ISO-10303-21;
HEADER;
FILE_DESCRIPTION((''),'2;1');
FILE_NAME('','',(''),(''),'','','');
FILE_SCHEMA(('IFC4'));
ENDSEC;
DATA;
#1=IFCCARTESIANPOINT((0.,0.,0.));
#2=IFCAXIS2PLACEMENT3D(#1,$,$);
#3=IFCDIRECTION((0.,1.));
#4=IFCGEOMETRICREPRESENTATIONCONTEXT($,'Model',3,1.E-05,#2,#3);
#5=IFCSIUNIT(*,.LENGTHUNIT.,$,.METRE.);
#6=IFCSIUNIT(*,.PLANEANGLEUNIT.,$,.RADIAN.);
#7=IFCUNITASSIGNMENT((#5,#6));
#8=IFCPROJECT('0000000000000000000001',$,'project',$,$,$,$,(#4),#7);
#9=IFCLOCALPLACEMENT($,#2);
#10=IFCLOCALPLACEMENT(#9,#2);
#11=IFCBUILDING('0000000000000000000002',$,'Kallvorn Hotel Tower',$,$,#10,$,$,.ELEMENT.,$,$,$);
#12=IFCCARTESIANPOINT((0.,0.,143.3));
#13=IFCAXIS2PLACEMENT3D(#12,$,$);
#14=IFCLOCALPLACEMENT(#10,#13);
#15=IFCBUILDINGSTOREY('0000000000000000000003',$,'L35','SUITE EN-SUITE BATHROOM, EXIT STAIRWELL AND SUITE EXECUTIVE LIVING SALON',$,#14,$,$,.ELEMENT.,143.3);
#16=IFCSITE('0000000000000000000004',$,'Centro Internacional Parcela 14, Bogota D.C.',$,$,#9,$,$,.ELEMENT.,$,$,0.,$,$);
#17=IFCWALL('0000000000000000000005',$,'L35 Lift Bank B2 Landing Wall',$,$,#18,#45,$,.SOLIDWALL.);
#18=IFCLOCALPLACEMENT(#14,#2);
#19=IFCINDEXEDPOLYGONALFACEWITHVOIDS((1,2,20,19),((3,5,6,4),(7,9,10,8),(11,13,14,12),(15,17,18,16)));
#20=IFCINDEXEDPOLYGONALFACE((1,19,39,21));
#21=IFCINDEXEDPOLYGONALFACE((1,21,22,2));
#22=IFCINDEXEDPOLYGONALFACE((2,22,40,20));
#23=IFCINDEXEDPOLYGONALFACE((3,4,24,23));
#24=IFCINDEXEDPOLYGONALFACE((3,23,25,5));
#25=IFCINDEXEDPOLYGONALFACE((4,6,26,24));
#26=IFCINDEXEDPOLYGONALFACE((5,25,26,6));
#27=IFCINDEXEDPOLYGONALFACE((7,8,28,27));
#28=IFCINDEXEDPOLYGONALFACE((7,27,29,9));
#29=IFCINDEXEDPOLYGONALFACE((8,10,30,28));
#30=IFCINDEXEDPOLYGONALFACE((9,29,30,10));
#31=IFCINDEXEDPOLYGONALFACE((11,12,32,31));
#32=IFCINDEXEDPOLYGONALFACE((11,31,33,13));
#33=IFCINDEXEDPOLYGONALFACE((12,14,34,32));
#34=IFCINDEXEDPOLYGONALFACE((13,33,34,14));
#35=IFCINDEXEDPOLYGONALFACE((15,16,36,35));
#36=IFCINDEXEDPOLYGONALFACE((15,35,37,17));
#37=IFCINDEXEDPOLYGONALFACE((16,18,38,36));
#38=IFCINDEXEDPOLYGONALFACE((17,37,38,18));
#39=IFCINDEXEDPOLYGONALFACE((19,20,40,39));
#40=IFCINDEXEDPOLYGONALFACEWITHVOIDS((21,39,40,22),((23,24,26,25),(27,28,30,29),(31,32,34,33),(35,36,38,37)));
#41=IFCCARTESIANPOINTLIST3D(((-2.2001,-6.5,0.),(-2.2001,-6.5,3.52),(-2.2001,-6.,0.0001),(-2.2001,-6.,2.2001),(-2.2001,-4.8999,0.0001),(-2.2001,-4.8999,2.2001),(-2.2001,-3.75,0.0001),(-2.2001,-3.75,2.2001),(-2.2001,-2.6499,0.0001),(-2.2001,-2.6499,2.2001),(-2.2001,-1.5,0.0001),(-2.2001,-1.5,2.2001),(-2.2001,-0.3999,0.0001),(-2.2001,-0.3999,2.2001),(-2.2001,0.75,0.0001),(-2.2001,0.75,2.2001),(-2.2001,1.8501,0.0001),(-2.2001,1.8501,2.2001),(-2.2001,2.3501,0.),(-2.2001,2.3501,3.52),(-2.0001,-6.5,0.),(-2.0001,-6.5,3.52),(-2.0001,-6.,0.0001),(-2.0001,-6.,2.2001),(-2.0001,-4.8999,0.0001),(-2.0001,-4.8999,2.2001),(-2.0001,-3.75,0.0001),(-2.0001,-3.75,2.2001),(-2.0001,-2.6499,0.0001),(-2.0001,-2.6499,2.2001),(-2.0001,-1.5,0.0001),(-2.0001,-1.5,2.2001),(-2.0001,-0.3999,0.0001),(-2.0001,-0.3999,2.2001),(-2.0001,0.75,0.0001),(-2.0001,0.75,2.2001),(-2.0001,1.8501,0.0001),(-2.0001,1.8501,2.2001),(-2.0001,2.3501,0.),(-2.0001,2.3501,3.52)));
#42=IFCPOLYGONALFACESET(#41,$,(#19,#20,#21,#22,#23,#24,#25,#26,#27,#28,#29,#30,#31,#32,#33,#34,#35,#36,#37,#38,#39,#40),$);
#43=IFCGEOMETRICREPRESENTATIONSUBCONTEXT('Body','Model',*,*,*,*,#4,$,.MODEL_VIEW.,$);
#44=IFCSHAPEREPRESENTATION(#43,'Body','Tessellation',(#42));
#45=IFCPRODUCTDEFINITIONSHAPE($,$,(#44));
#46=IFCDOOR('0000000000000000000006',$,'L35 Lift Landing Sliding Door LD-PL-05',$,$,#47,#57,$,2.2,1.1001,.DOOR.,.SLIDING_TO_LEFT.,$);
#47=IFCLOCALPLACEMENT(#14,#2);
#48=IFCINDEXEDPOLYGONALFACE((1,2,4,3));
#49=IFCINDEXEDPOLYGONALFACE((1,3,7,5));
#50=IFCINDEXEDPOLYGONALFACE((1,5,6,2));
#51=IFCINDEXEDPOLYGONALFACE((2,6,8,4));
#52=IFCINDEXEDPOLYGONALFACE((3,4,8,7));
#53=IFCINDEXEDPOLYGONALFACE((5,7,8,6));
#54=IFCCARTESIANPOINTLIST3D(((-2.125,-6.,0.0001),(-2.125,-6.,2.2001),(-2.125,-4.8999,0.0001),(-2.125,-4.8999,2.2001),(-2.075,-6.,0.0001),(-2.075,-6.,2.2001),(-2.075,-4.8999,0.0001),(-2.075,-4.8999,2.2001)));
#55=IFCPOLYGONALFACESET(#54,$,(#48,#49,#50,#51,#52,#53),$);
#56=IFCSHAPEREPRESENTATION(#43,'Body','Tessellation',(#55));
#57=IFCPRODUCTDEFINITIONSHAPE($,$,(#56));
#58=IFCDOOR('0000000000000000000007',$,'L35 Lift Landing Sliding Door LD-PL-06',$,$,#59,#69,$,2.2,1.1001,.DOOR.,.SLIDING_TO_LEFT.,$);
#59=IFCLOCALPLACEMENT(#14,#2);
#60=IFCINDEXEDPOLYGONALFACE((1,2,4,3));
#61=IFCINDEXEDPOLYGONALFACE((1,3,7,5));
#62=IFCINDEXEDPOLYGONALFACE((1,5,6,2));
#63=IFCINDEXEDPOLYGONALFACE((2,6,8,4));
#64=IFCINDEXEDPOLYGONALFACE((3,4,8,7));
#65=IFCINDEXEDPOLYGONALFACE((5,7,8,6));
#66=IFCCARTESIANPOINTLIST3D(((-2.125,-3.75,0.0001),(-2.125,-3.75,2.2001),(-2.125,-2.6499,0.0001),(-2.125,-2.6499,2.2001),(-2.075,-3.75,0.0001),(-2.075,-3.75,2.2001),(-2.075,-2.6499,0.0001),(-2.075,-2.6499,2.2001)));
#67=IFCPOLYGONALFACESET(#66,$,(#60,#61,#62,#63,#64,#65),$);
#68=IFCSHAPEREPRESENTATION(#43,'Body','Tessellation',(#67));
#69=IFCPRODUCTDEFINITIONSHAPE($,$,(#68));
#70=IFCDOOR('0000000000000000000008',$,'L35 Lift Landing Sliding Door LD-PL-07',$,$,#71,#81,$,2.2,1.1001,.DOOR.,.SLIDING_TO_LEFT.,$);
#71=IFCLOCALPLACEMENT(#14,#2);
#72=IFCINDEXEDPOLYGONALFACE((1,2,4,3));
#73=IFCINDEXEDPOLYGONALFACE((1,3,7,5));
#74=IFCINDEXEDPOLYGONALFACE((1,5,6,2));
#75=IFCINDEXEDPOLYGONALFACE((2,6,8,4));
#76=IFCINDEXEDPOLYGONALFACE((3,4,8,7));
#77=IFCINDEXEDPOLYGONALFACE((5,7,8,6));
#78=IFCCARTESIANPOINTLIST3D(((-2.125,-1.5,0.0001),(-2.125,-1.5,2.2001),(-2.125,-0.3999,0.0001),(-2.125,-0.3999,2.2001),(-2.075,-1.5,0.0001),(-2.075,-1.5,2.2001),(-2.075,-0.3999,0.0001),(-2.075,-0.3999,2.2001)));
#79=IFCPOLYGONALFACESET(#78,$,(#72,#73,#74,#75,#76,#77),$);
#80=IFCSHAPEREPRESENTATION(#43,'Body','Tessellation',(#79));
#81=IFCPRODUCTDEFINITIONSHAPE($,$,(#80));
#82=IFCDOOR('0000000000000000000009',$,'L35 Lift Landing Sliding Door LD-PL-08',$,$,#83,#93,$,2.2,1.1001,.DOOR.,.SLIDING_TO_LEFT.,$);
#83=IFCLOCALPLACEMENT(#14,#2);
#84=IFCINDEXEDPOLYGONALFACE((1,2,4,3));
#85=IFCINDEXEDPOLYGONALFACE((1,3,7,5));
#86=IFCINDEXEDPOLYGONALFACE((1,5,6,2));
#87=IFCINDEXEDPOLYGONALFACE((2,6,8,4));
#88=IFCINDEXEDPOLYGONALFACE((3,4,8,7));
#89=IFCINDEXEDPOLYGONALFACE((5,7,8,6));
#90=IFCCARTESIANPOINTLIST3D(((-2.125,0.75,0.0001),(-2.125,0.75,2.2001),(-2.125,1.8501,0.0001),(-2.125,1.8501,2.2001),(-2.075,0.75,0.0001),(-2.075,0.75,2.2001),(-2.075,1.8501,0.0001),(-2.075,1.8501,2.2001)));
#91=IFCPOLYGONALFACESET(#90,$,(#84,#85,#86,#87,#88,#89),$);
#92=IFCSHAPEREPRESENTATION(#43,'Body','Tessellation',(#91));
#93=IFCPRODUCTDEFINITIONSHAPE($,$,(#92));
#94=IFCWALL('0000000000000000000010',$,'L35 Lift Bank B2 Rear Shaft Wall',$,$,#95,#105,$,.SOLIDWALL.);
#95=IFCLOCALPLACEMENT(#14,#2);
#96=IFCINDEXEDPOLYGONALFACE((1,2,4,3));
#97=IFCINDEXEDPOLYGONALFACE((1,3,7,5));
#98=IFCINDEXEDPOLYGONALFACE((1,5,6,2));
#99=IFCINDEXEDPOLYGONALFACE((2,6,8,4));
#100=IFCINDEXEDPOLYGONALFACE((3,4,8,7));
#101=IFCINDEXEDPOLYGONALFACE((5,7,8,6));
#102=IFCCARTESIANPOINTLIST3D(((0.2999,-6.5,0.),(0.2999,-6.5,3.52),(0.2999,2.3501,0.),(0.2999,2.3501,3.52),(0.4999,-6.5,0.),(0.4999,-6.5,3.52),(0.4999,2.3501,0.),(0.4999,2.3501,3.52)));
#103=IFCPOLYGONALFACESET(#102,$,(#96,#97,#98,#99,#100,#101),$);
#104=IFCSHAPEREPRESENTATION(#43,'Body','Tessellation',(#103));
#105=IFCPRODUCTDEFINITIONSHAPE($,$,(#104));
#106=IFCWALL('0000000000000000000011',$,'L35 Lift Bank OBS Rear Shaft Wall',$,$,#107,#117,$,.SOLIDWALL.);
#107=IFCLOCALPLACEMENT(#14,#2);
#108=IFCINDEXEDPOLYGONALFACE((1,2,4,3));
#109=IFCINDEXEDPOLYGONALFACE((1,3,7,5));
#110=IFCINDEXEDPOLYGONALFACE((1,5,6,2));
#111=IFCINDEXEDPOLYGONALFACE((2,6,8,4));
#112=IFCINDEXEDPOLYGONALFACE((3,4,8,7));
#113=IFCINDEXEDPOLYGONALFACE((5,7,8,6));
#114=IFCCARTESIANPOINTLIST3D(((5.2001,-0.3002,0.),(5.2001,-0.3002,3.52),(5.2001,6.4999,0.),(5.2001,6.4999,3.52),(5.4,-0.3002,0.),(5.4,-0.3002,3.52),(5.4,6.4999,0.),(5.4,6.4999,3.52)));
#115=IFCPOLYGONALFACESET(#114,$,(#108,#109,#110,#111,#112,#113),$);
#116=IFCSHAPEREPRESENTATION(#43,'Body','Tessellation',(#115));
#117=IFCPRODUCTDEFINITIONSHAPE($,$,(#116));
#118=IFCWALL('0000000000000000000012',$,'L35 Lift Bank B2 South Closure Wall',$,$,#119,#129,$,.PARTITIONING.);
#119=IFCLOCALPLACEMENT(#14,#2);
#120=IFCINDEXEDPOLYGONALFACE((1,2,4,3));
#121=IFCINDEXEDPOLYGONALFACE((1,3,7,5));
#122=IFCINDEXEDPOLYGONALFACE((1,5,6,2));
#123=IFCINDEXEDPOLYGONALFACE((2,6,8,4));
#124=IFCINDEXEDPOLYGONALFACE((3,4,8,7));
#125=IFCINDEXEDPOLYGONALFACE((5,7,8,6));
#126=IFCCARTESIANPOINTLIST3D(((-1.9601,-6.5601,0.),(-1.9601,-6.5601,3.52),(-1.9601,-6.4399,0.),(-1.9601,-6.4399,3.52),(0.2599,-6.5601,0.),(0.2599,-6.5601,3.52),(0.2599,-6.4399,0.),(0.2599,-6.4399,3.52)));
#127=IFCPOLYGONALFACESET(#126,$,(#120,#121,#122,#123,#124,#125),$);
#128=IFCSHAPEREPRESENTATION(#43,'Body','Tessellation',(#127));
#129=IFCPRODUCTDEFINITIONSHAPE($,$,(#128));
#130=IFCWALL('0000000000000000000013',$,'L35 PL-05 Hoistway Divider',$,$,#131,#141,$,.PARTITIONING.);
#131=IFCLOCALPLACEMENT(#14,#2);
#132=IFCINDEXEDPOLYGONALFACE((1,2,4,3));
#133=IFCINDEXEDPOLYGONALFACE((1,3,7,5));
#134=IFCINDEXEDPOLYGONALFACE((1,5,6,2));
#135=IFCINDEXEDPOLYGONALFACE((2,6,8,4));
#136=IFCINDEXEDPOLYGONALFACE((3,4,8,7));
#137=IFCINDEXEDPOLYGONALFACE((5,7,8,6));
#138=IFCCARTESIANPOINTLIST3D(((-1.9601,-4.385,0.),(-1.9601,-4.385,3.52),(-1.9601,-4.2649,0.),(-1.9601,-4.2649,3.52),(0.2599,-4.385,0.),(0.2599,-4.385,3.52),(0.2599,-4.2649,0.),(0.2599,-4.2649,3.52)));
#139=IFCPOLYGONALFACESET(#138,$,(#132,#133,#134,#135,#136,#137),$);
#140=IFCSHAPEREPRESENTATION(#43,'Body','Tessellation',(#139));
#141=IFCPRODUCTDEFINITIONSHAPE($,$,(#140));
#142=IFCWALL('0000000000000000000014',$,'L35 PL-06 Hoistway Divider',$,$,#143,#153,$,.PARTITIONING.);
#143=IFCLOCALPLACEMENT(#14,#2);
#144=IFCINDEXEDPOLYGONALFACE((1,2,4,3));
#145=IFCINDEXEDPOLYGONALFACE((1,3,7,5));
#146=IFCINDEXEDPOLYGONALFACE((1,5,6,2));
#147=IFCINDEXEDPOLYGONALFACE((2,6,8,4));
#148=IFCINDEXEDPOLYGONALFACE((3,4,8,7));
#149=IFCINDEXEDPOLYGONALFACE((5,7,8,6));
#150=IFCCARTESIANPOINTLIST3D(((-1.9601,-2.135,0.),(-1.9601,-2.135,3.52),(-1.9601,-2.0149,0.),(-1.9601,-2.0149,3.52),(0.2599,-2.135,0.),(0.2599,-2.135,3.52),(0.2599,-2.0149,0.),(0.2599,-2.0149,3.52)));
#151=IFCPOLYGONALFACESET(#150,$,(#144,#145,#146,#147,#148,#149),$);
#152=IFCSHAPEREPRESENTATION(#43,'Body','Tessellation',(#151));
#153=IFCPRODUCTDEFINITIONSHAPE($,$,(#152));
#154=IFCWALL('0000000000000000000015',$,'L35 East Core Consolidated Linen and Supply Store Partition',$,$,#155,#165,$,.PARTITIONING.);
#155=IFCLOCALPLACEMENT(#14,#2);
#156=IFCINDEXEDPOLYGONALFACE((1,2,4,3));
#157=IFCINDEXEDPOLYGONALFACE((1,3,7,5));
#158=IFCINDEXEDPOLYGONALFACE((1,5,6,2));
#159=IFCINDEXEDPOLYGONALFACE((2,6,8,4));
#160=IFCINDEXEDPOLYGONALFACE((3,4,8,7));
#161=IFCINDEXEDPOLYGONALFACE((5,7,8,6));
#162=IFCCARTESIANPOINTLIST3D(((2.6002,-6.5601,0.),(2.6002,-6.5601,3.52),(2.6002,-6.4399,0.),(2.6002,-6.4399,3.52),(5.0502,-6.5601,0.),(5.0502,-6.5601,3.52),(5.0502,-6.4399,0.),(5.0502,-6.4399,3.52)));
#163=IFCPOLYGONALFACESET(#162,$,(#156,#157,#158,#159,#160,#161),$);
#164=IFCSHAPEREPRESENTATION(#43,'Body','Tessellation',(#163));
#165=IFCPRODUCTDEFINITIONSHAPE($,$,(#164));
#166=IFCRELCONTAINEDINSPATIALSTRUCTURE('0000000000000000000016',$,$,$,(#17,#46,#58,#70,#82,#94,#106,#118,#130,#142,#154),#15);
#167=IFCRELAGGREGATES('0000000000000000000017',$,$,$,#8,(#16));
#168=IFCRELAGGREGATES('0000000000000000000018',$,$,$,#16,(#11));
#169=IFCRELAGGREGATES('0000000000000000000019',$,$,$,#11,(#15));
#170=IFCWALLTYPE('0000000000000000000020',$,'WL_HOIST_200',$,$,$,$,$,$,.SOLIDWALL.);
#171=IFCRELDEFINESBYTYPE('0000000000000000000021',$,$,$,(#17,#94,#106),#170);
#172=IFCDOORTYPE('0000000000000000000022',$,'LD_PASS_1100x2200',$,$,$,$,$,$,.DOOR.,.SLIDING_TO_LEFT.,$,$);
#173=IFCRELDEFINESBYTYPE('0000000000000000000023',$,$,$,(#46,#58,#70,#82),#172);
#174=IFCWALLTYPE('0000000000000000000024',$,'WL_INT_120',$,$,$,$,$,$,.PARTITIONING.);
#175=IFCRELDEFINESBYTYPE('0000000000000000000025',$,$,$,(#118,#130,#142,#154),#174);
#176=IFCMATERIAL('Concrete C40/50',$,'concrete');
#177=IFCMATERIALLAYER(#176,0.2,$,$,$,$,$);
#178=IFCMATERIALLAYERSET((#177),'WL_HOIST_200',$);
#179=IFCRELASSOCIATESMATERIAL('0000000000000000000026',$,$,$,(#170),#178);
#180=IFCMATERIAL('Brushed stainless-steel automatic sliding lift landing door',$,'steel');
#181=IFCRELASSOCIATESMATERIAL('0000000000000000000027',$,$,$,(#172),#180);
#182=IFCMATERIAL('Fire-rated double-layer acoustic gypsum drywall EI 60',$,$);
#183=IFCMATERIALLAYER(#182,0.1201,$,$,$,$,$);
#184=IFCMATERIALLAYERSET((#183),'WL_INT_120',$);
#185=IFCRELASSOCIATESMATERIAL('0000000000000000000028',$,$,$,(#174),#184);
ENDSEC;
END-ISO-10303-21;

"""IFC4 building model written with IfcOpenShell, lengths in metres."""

from ifc_helpers import new_model, si_unit, direction, frame, frame_2d, origin, place, context, subcontext, project, spatial, rectangle, extrude, material, layer, layer_set, type_object, element, fill, save


model = new_model("IFC4")

# Units and contexts
model_context = context("Model", 3, precision=1e-05, world=origin(), true_north=direction((0.0, 1.0)))
body_context = subcontext(model_context, "Body", "Model", "MODEL_VIEW")
ifc_project = project(units=[si_unit("LENGTHUNIT", "METRE"), si_unit("PLANEANGLEUNIT", "RADIAN")], contexts=[model_context])

# Site, building, storey
site_placement = place(None, origin())
site = spatial("IfcSite", under=ifc_project, at=site_placement, Name="Centro Internacional Parcela 14, Bogota D.C.", CompositionType="ELEMENT", RefElevation=0.0)
building_placement = place(site_placement, origin())
building = spatial("IfcBuilding", under=site, at=building_placement, Name="Kallvorn Hotel Tower", CompositionType="ELEMENT")
storey_placement = place(building_placement, frame((0.0, 0.0, 143.3)))
storey = spatial("IfcBuildingStorey", under=building, at=storey_placement, Name="L35", Description="SUITE EN-SUITE BATHROOM, EXIT STAIRWELL AND SUITE EXECUTIVE LIVING SALON", CompositionType="ELEMENT", Elevation=143.3)

# Wall, openings, doors
ifc_material_1 = material(Name="Concrete C40/50", Category="concrete")
ifc_layer_1 = layer(ifc_material_1, 0.2)
ifc_layer_set_1 = layer_set([ifc_layer_1], Name="WL_HOIST_200")
wall_type_1 = type_object("IfcWallType", Name="WL_HOIST_200", PredefinedType="SOLIDWALL", material=ifc_layer_set_1)
wall_1_placement = place(storey_placement, frame((-2.1001, -6.5, 0.0), z_axis=(0.0, 0.0, 1.0), x_axis=(0.0, 1.0, 0.0)))
wall_1 = element("IfcWall", 1, at=wall_1_placement, inside=storey, type_object=wall_type_1, Name="L35 Lift Bank B2 Landing Wall", PredefinedType="SOLIDWALL", context=body_context, shape_type="SweptSolid", body=[
    extrude(rectangle(XDim=8.8501, YDim=0.2, at=frame_2d((4.425, 0.0))), origin(), (0.0, 0.0, 1.0), 3.52),
])
opening_1_placement = place(wall_1_placement, frame((0.5, 0.0, 0.0)))
opening_1 = element("IfcOpeningElement", 2, at=opening_1_placement, cuts=wall_1, PredefinedType="OPENING", context=body_context, shape_type="SweptSolid", body=[
    extrude(rectangle(XDim=1.1001, YDim=2.2, at=frame_2d((0.55, 1.1001))), frame((0.0, 0.115, 0.0), z_axis=(0.0, -1.0, 0.0), x_axis=(1.0, 0.0, 0.0)), (0.0, 0.0, 1.0), 0.23),
])
opening_2_placement = place(wall_1_placement, frame((2.75, 0.0, 0.0)))
opening_2 = element("IfcOpeningElement", 3, at=opening_2_placement, cuts=wall_1, PredefinedType="OPENING", context=body_context, shape_type="SweptSolid", body=[
    extrude(rectangle(XDim=1.1001, YDim=2.2, at=frame_2d((0.55, 1.1001))), frame((0.0, 0.115, 0.0), z_axis=(0.0, -1.0, 0.0), x_axis=(1.0, 0.0, 0.0)), (0.0, 0.0, 1.0), 0.23),
])
opening_3_placement = place(wall_1_placement, frame((5.0, 0.0, 0.0)))
opening_3 = element("IfcOpeningElement", 4, at=opening_3_placement, cuts=wall_1, PredefinedType="OPENING", context=body_context, shape_type="SweptSolid", body=[
    extrude(rectangle(XDim=1.1001, YDim=2.2, at=frame_2d((0.55, 1.1001))), frame((0.0, 0.115, 0.0), z_axis=(0.0, -1.0, 0.0), x_axis=(1.0, 0.0, 0.0)), (0.0, 0.0, 1.0), 0.23),
])
opening_4_placement = place(wall_1_placement, frame((7.25, 0.0, 0.0)))
opening_4 = element("IfcOpeningElement", 5, at=opening_4_placement, cuts=wall_1, PredefinedType="OPENING", context=body_context, shape_type="SweptSolid", body=[
    extrude(rectangle(XDim=1.1001, YDim=2.2, at=frame_2d((0.55, 1.1001))), frame((0.0, 0.115, 0.0), z_axis=(0.0, -1.0, 0.0), x_axis=(1.0, 0.0, 0.0)), (0.0, 0.0, 1.0), 0.23),
])
ifc_material_2 = material(Name="Brushed stainless-steel automatic sliding lift landing door", Category="steel")
door_type_1 = type_object("IfcDoorType", Name="LD_PASS_1100x2200", OperationType="SLIDING_TO_LEFT", PredefinedType="DOOR", material=ifc_material_2)
door_1_placement = place(opening_1_placement, origin())
door_1 = element("IfcDoor", 6, at=door_1_placement, inside=storey, type_object=door_type_1, Name="L35 Lift Landing Sliding Door LD-PL-05", OperationType="SLIDING_TO_LEFT", OverallHeight=2.2, OverallWidth=1.1001, PredefinedType="DOOR", context=body_context, shape_type="SweptSolid", body=[
    extrude(rectangle(XDim=1.1001, YDim=2.2, at=frame_2d((0.55, 1.1001))), frame((0.0, 0.0249, 0.0), z_axis=(0.0, -1.0, 0.0), x_axis=(1.0, 0.0, 0.0)), (0.0, 0.0, 1.0), 0.05),
])
fill(opening_1, door_1)
door_2_placement = place(opening_2_placement, origin())
door_2 = element("IfcDoor", 7, at=door_2_placement, inside=storey, type_object=door_type_1, Name="L35 Lift Landing Sliding Door LD-PL-06", OperationType="SLIDING_TO_LEFT", OverallHeight=2.2, OverallWidth=1.1001, PredefinedType="DOOR", context=body_context, shape_type="SweptSolid", body=[
    extrude(rectangle(XDim=1.1001, YDim=2.2, at=frame_2d((0.55, 1.1001))), frame((0.0, 0.0249, 0.0), z_axis=(0.0, -1.0, 0.0), x_axis=(1.0, 0.0, 0.0)), (0.0, 0.0, 1.0), 0.05),
])
fill(opening_2, door_2)
door_3_placement = place(opening_3_placement, origin())
door_3 = element("IfcDoor", 8, at=door_3_placement, inside=storey, type_object=door_type_1, Name="L35 Lift Landing Sliding Door LD-PL-07", OperationType="SLIDING_TO_LEFT", OverallHeight=2.2, OverallWidth=1.1001, PredefinedType="DOOR", context=body_context, shape_type="SweptSolid", body=[
    extrude(rectangle(XDim=1.1001, YDim=2.2, at=frame_2d((0.55, 1.1001))), frame((0.0, 0.0249, 0.0), z_axis=(0.0, -1.0, 0.0), x_axis=(1.0, 0.0, 0.0)), (0.0, 0.0, 1.0), 0.05),
])
fill(opening_3, door_3)
door_4_placement = place(opening_4_placement, origin())
door_4 = element("IfcDoor", 9, at=door_4_placement, inside=storey, type_object=door_type_1, Name="L35 Lift Landing Sliding Door LD-PL-08", OperationType="SLIDING_TO_LEFT", OverallHeight=2.2, OverallWidth=1.1001, PredefinedType="DOOR", context=body_context, shape_type="SweptSolid", body=[
    extrude(rectangle(XDim=1.1001, YDim=2.2, at=frame_2d((0.55, 1.1001))), frame((0.0, 0.0249, 0.0), z_axis=(0.0, -1.0, 0.0), x_axis=(1.0, 0.0, 0.0)), (0.0, 0.0, 1.0), 0.05),
])
fill(opening_4, door_4)

# Walls
wall_2_placement = place(storey_placement, frame((0.3999, -6.5, 0.0), z_axis=(0.0, 0.0, 1.0), x_axis=(0.0, 1.0, 0.0)))
element("IfcWall", 10, at=wall_2_placement, inside=storey, type_object=wall_type_1, Name="L35 Lift Bank B2 Rear Shaft Wall", PredefinedType="SOLIDWALL", context=body_context, shape_type="SweptSolid", body=[
    extrude(rectangle(XDim=8.8501, YDim=0.2, at=frame_2d((4.425, 0.0))), origin(), (0.0, 0.0, 1.0), 3.52),
])
wall_3_placement = place(storey_placement, frame((5.3, -0.3, 0.0), z_axis=(0.0, 0.0, 1.0), x_axis=(0.0, 1.0, 0.0)))
element("IfcWall", 11, at=wall_3_placement, inside=storey, type_object=wall_type_1, Name="L35 Lift Bank OBS Rear Shaft Wall", PredefinedType="SOLIDWALL", context=body_context, shape_type="SweptSolid", body=[
    extrude(rectangle(XDim=6.8, YDim=0.2, at=frame_2d((3.3999, 0.0))), origin(), (0.0, 0.0, 1.0), 3.52),
])
ifc_material_3 = material(Name="Fire-rated double-layer acoustic gypsum drywall EI 60")
ifc_layer_2 = layer(ifc_material_3, 0.1201)
ifc_layer_set_2 = layer_set([ifc_layer_2], Name="WL_INT_120")
wall_type_2 = type_object("IfcWallType", Name="WL_INT_120", PredefinedType="PARTITIONING", material=ifc_layer_set_2)
for number, where, z_axis, x_axis, name in (
    (12, (-1.96, -6.5, 0.0), (0.0, 0.0, 1.0), (1.0, 0.0, 0.0), "L35 Lift Bank B2 South Closure Wall"),
    (13, (-1.96, -4.325, 0.0), (0.0, 0.0, 1.0), (1.0, 0.0, 0.0), "L35 PL-05 Hoistway Divider"),
    (14, (-1.96, -2.075, 0.0), (0.0, 0.0, 1.0), (1.0, 0.0, 0.0), "L35 PL-06 Hoistway Divider"),
):
    element("IfcWall", number, at=place(storey_placement, frame(where, z_axis=z_axis, x_axis=x_axis)), inside=storey, type_object=wall_type_2, Name=name, PredefinedType="PARTITIONING", context=body_context, shape_type="SweptSolid", body=[
        extrude(rectangle(XDim=2.22, YDim=0.1201, at=frame_2d((1.1099, 0.0))), origin(), (0.0, 0.0, 1.0), 3.52),
    ])
wall_4_placement = place(storey_placement, frame((2.6001, -6.5, 0.0), z_axis=(0.0, 0.0, 1.0), x_axis=(1.0, 0.0, 0.0)))
element("IfcWall", 15, at=wall_4_placement, inside=storey, type_object=wall_type_2, Name="L35 East Core Consolidated Linen and Supply Store Partition", PredefinedType="PARTITIONING", context=body_context, shape_type="SweptSolid", body=[
    extrude(rectangle(XDim=2.45, YDim=0.1201, at=frame_2d((1.2251, 0.0))), origin(), (0.0, 0.0, 1.0), 3.52),
])

save(model, "model.ifc")
